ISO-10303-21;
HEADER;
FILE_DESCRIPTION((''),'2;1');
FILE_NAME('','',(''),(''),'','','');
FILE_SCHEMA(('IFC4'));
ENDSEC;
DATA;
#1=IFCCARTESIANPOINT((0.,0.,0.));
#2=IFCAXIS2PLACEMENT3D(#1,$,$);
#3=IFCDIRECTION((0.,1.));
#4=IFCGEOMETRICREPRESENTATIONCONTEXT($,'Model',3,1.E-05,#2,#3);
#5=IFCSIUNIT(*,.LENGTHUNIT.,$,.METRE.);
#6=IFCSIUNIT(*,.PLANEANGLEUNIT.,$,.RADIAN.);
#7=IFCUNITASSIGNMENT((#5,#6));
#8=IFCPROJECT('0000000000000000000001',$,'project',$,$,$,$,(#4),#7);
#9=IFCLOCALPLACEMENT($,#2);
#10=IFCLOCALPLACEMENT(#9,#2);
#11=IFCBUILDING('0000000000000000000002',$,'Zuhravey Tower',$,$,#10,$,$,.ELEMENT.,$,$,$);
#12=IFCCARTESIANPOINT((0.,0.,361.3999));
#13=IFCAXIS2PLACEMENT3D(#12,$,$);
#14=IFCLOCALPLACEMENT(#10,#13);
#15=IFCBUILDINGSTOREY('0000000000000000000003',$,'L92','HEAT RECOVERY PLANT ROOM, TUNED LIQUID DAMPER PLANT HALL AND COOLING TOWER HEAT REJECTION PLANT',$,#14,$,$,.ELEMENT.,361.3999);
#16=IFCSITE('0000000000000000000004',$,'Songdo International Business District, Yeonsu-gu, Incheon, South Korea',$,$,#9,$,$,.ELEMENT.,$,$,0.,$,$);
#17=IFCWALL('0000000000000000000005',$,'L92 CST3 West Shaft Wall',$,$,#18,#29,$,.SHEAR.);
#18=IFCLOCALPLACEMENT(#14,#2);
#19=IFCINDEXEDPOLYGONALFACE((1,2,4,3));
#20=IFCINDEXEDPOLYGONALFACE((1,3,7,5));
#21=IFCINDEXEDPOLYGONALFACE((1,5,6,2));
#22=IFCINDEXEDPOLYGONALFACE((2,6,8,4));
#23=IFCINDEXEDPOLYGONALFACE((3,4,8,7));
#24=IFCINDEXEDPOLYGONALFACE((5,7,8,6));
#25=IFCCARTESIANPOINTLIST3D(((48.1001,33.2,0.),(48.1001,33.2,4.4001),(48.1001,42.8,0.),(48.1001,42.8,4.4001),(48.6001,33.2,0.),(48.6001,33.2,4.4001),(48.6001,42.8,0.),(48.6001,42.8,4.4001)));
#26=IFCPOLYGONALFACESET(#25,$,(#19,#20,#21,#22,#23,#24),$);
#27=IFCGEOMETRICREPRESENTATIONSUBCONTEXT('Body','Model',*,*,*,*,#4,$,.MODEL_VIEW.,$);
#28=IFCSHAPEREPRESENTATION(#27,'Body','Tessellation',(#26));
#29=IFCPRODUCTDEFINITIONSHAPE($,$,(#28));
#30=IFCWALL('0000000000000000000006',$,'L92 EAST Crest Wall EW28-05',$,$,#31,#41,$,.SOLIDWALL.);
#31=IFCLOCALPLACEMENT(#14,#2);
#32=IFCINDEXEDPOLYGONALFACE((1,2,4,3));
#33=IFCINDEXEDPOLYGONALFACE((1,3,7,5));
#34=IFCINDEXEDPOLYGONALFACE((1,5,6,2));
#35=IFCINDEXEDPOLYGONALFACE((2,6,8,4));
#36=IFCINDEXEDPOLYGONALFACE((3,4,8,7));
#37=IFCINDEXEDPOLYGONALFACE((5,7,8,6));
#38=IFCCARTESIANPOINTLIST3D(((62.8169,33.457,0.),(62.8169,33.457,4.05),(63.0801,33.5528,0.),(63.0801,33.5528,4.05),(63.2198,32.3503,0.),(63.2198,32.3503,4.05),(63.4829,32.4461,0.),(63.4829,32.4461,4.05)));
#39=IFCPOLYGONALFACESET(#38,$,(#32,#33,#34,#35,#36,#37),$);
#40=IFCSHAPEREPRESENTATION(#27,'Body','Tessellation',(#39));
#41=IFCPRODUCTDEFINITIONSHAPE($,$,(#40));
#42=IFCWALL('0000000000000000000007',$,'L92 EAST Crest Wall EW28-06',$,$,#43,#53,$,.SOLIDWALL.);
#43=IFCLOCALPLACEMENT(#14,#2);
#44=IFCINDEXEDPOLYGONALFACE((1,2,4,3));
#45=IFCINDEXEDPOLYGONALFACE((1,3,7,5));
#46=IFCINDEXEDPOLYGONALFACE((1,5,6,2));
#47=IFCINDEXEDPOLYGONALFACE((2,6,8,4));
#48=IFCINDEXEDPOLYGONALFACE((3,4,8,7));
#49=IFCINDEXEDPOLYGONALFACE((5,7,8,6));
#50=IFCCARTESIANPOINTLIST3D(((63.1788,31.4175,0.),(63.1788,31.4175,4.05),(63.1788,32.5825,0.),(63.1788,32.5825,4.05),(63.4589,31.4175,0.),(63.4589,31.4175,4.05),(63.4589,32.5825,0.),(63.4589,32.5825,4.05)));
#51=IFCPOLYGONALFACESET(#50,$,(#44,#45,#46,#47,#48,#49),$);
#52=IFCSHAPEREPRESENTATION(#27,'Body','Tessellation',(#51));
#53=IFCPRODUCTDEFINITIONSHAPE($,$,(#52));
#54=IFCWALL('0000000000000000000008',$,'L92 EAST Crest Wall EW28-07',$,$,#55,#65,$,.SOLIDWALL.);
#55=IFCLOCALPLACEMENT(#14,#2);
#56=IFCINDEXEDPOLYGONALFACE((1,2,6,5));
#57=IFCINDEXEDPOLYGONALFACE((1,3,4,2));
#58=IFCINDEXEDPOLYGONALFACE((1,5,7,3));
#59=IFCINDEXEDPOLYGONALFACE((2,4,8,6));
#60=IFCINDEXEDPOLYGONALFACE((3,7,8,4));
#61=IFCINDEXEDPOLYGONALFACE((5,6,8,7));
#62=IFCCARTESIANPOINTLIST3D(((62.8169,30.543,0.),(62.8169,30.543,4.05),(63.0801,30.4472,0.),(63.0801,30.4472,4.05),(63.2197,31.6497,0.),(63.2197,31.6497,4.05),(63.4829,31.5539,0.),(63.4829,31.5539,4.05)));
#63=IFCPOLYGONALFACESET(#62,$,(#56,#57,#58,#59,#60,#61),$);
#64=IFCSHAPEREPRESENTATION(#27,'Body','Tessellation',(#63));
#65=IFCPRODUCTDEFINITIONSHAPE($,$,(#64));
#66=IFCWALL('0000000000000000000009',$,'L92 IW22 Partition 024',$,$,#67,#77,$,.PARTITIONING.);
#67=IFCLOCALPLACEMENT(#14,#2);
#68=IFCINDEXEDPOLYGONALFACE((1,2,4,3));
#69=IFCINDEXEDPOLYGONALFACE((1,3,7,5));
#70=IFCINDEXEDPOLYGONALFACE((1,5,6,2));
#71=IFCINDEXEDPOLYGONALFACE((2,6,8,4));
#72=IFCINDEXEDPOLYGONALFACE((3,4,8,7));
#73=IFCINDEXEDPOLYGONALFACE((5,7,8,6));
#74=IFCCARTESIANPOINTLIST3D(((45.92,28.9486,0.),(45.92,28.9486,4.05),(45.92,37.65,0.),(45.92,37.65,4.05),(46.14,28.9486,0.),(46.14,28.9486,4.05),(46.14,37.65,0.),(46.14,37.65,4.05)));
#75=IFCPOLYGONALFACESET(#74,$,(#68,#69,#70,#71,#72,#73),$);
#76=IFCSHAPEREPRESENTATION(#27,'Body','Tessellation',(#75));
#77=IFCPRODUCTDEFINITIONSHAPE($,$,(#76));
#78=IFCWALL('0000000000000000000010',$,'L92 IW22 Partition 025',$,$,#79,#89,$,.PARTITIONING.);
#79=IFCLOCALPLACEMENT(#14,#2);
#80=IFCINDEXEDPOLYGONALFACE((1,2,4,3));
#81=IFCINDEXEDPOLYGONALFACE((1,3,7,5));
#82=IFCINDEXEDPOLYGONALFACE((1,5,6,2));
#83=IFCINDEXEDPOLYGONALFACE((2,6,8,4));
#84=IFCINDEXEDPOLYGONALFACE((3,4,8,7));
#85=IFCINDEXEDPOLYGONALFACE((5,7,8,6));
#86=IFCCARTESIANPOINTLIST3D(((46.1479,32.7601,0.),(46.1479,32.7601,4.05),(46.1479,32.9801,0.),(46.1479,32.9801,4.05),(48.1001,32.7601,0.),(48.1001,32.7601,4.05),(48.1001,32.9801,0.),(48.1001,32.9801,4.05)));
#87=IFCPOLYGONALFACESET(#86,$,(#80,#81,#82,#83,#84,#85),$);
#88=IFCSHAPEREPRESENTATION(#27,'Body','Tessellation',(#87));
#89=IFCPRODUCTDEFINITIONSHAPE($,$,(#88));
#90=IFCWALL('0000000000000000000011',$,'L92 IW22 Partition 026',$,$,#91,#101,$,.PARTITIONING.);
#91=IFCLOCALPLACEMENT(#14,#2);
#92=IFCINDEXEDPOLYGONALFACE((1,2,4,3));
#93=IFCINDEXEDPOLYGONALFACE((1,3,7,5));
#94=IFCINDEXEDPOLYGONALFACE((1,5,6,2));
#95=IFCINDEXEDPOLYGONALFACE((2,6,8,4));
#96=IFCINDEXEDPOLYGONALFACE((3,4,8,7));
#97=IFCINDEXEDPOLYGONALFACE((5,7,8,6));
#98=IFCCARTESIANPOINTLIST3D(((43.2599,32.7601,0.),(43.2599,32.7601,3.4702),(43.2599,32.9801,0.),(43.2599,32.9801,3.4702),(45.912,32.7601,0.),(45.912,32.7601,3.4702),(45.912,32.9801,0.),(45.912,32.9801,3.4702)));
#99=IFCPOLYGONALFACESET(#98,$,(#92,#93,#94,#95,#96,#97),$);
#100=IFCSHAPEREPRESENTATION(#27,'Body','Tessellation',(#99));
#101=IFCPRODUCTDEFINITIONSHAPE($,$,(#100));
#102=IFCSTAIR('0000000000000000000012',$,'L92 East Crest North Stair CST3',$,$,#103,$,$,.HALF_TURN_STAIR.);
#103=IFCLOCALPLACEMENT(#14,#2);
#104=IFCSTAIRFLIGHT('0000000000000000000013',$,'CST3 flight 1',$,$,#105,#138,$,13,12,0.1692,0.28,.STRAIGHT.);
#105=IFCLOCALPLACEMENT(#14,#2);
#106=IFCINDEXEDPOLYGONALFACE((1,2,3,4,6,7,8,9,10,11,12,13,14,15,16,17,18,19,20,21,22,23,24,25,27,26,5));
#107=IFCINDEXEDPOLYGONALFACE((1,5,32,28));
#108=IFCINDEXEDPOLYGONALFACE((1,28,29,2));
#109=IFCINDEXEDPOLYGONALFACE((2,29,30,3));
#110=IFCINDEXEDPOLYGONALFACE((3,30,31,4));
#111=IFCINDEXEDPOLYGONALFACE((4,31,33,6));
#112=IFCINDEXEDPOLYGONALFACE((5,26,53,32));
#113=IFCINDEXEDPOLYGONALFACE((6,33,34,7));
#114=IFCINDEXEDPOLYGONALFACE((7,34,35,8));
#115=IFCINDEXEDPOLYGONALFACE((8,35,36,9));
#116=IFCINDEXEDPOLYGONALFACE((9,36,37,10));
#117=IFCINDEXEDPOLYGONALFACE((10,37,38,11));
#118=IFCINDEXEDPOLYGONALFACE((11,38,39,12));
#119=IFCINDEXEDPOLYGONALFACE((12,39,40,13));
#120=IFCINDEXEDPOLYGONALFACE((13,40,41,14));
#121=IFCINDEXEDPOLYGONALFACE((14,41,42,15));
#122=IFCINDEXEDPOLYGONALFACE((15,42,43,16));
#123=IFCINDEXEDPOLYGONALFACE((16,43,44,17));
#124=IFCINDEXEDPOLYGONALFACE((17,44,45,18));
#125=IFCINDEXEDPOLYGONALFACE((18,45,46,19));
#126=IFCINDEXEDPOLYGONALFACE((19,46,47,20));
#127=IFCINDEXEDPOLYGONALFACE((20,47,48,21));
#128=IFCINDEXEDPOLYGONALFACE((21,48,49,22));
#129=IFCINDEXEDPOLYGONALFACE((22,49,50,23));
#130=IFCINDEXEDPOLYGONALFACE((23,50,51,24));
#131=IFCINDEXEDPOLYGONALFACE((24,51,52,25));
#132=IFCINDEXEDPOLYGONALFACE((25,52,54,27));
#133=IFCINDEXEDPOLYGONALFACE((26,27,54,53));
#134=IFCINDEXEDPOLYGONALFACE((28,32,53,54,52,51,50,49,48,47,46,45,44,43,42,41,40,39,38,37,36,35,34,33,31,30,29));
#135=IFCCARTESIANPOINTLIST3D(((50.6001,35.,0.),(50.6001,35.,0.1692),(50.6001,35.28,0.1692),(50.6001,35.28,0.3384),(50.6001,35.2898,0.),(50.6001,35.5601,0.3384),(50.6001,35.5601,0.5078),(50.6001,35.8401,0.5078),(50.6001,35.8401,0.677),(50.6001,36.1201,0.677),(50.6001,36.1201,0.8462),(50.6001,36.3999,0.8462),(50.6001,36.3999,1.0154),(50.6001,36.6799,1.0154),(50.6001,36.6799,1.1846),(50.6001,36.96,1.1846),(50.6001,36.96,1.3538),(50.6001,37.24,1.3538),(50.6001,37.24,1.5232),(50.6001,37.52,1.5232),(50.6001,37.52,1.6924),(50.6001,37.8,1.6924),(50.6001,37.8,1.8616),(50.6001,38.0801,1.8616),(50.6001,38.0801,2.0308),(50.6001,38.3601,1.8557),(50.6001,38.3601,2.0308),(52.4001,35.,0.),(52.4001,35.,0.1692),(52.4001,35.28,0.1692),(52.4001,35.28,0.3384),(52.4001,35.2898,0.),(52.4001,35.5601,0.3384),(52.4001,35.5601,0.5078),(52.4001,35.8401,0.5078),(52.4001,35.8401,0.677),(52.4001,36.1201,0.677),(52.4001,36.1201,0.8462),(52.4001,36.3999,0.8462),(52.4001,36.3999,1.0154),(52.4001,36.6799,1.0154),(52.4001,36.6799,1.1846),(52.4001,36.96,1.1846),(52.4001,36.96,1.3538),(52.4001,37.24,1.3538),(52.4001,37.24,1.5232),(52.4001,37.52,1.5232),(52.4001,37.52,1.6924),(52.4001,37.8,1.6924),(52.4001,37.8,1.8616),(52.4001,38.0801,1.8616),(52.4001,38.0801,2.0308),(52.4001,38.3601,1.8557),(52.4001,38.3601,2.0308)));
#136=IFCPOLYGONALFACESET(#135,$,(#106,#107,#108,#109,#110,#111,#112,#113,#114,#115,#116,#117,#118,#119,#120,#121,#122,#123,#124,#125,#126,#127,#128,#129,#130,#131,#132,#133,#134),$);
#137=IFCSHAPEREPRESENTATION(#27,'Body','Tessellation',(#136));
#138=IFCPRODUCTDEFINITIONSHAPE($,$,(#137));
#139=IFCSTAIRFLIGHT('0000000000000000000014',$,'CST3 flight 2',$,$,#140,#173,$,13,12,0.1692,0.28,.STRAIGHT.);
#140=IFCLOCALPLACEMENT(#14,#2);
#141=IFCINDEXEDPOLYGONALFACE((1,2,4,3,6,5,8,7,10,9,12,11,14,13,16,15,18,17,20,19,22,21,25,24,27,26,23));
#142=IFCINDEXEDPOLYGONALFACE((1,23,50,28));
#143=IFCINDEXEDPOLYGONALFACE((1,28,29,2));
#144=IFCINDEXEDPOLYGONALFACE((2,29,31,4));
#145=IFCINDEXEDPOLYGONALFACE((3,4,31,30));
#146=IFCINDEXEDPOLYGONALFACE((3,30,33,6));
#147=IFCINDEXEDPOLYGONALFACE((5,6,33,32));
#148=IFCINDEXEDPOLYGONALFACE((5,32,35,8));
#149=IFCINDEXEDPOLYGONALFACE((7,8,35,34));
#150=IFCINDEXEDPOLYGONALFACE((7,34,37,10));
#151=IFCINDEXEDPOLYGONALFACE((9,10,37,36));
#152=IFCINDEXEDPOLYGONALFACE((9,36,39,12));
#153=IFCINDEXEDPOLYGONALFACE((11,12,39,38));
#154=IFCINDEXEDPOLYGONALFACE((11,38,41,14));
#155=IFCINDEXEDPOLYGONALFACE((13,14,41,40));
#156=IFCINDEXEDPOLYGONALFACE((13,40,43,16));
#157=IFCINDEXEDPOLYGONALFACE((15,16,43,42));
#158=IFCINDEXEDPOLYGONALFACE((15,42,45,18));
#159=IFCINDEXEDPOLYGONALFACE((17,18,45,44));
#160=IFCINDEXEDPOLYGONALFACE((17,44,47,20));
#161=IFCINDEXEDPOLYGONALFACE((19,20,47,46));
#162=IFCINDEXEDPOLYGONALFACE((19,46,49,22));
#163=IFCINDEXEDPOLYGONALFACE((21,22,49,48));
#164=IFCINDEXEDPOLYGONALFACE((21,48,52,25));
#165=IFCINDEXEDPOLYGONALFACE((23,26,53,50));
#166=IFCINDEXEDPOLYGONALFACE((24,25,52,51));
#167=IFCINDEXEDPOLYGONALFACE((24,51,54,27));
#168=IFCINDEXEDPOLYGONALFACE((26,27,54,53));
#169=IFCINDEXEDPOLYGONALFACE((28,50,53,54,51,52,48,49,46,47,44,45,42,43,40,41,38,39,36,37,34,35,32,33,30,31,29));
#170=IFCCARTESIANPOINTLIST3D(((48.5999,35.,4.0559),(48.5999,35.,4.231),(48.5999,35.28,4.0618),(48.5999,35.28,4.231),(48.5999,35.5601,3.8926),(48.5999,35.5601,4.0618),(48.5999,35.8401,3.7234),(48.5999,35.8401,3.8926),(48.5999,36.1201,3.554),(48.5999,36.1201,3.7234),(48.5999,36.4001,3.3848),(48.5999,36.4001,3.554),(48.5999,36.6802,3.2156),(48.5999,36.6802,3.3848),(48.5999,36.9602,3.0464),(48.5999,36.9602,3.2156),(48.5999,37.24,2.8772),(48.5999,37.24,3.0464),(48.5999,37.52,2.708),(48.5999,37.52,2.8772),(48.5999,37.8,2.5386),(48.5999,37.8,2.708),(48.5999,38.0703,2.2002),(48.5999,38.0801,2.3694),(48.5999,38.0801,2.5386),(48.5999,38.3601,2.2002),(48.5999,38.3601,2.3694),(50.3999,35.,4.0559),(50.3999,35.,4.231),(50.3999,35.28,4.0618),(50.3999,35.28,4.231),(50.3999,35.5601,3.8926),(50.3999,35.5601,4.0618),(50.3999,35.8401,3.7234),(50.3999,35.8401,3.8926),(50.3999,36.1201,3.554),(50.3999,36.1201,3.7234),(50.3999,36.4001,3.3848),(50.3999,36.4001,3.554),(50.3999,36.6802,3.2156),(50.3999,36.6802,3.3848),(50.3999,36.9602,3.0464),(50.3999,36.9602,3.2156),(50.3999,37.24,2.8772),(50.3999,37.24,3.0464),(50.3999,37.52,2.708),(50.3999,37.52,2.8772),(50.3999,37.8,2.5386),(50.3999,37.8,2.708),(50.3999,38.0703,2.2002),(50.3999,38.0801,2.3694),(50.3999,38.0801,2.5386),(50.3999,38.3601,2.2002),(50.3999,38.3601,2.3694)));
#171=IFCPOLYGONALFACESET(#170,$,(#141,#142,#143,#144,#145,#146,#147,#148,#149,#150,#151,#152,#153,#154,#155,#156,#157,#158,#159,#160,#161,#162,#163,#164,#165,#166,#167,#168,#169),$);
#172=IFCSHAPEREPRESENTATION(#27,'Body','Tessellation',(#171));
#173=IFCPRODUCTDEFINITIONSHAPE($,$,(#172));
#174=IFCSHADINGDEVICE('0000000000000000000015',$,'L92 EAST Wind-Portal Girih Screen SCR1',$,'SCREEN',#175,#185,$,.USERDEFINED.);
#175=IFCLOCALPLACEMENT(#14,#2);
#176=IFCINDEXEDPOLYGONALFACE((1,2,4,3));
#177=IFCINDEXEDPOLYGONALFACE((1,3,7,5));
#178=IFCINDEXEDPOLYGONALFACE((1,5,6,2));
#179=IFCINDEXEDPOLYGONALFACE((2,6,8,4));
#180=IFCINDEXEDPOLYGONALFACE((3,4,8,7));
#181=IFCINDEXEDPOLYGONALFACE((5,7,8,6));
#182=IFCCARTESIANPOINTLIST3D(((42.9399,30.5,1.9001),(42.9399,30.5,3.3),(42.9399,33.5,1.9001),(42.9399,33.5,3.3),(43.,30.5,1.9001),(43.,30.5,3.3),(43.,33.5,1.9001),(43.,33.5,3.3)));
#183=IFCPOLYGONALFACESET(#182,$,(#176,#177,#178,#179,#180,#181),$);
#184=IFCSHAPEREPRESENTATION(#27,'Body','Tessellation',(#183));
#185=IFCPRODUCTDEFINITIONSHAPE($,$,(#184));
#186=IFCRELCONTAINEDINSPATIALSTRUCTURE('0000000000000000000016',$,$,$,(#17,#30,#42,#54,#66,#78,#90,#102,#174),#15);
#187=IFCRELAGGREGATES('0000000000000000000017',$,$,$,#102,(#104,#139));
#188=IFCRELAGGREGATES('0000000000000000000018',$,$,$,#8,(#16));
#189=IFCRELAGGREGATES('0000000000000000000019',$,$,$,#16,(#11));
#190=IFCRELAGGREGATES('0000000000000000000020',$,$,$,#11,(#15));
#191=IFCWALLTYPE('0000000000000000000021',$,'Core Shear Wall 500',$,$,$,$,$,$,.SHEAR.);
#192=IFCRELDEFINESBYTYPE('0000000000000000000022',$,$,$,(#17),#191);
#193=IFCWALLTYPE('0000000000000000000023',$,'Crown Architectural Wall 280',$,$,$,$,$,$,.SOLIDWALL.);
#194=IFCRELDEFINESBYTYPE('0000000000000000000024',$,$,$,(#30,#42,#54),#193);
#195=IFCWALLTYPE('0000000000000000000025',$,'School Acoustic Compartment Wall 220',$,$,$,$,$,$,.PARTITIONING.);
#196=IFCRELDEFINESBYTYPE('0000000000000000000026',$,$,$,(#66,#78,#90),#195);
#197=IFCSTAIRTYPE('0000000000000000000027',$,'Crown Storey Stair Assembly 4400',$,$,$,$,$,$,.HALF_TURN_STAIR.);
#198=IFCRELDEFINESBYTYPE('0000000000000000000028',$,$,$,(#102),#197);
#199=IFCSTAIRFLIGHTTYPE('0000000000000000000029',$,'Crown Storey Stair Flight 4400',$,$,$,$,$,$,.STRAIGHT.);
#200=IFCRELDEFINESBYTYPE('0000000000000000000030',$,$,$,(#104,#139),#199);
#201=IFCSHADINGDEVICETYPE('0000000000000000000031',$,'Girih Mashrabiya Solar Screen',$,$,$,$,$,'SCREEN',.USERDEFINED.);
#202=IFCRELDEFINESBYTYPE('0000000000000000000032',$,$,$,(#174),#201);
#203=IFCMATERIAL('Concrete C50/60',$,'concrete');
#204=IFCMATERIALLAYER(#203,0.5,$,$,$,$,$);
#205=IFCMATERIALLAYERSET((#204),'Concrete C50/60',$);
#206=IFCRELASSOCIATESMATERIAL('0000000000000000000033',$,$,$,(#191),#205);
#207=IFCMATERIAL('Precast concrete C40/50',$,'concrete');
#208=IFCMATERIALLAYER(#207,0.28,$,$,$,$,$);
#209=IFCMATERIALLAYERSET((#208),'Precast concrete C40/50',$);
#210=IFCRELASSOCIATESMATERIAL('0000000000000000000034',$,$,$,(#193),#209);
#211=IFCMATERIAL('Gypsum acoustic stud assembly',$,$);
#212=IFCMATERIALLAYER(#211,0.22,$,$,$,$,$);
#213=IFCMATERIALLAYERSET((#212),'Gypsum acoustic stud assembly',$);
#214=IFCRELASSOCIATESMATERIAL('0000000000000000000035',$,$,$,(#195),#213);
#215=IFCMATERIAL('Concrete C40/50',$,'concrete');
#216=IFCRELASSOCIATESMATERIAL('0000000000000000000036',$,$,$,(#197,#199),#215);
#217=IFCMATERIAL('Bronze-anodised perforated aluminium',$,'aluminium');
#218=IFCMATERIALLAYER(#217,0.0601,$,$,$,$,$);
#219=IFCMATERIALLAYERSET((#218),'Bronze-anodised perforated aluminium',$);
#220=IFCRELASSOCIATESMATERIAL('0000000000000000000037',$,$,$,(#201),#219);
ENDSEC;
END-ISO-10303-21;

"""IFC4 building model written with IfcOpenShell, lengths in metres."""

from ifc_helpers import new_model, si_unit, direction, frame, frame_2d, origin, origin_2d, place, context, subcontext, project, spatial, polyline, rectangle, outline, extrude, material, layer, layer_set, type_object, element, aggregate, save


model = new_model("IFC4")

# Units and contexts
model_context = context("Model", 3, precision=1e-05, world=origin(), true_north=direction((0.0, 1.0)))
body_context = subcontext(model_context, "Body", "Model", "MODEL_VIEW")
ifc_project = project(units=[si_unit("LENGTHUNIT", "METRE"), si_unit("PLANEANGLEUNIT", "RADIAN")], contexts=[model_context])

# Site, building, storey
site_placement = place(None, origin())
site = spatial("IfcSite", under=ifc_project, at=site_placement, Name="Songdo International Business District, Yeonsu-gu, Incheon, South Korea", CompositionType="ELEMENT", RefElevation=0.0)
building_placement = place(site_placement, origin())
building = spatial("IfcBuilding", under=site, at=building_placement, Name="Zuhravey Tower", CompositionType="ELEMENT")
storey_placement = place(building_placement, frame((0.0, 0.0, 361.3999)))
storey = spatial("IfcBuildingStorey", under=building, at=storey_placement, Name="L92", Description="HEAT RECOVERY PLANT ROOM, TUNED LIQUID DAMPER PLANT HALL AND COOLING TOWER HEAT REJECTION PLANT", CompositionType="ELEMENT", Elevation=361.3999)

# Shared definitions
ifc_material_1 = material(Name="Concrete C50/60", Category="concrete")
ifc_layer_1 = layer(ifc_material_1, 0.5)
ifc_layer_set_1 = layer_set([ifc_layer_1], Name="Concrete C50/60")
wall_type_1 = type_object("IfcWallType", Name="Core Shear Wall 500", PredefinedType="SHEAR", material=ifc_layer_set_1)

# Walls
wall_1_placement = place(storey_placement, frame((48.3501, 33.2, 0.0), z_axis=(0.0, 0.0, 1.0), x_axis=(0.0, 1.0, 0.0)))
element("IfcWall", 1, at=wall_1_placement, inside=storey, type_object=wall_type_1, Name="L92 CST3 West Shaft Wall", PredefinedType="SHEAR", context=body_context, shape_type="SweptSolid", body=[
    extrude(rectangle(XDim=9.6001, YDim=0.5, at=frame_2d((4.8, 0.0))), origin(), (0.0, 0.0, 1.0), 4.4001),
])
ifc_material_2 = material(Name="Precast concrete C40/50", Category="concrete")
ifc_layer_2 = layer(ifc_material_2, 0.28)
ifc_layer_set_2 = layer_set([ifc_layer_2], Name="Precast concrete C40/50")
wall_type_2 = type_object("IfcWallType", Name="Crown Architectural Wall 280", PredefinedType="SOLIDWALL", material=ifc_layer_set_2)
wall_2_placement = place(storey_placement, frame((62.9485, 33.5049, 0.0), z_axis=(0.0, 0.0, 1.0), x_axis=(0.342043, -0.939684, 0.0)))
element("IfcWall", 2, at=wall_2_placement, inside=storey, type_object=wall_type_2, Name="L92 EAST Crest Wall EW28-05", PredefinedType="SOLIDWALL", context=body_context, shape_type="SweptSolid", body=[
    extrude(rectangle(XDim=1.1777, YDim=0.28, at=frame_2d((0.5889, 0.0))), origin(), (0.0, 0.0, 1.0), 4.05),
])
wall_3_placement = place(storey_placement, frame((63.3188, 32.5825, 0.0), z_axis=(0.0, 0.0, 1.0), x_axis=(0.0, -1.0, 0.0)))
element("IfcWall", 3, at=wall_3_placement, inside=storey, type_object=wall_type_2, Name="L92 EAST Crest Wall EW28-06", PredefinedType="SOLIDWALL", context=body_context, shape_type="SweptSolid", body=[
    extrude(rectangle(XDim=1.165, YDim=0.28, at=frame_2d((0.5825, 0.0))), origin(), (0.0, 0.0, 1.0), 4.05),
])
wall_4_placement = place(storey_placement, frame((63.3513, 31.6018, 0.0), z_axis=(0.0, 0.0, 1.0), x_axis=(-0.342043, -0.939684, 0.0)))
element("IfcWall", 4, at=wall_4_placement, inside=storey, type_object=wall_type_2, Name="L92 EAST Crest Wall EW28-07", PredefinedType="SOLIDWALL", context=body_context, shape_type="SweptSolid", body=[
    extrude(rectangle(XDim=1.1777, YDim=0.28, at=frame_2d((0.5889, 0.0))), origin(), (0.0, 0.0, 1.0), 4.05),
])
ifc_material_3 = material(Name="Gypsum acoustic stud assembly")
ifc_layer_3 = layer(ifc_material_3, 0.22)
ifc_layer_set_3 = layer_set([ifc_layer_3], Name="Gypsum acoustic stud assembly")
wall_type_3 = type_object("IfcWallType", Name="School Acoustic Compartment Wall 220", PredefinedType="PARTITIONING", material=ifc_layer_set_3)
wall_5_placement = place(storey_placement, frame((46.03, 37.6499, 0.0), z_axis=(0.0, 0.0, 1.0), x_axis=(0.0, -1.0, 0.0)))
element("IfcWall", 5, at=wall_5_placement, inside=storey, type_object=wall_type_3, Name="L92 IW22 Partition 024", PredefinedType="PARTITIONING", context=body_context, shape_type="SweptSolid", body=[
    extrude(rectangle(XDim=8.7014, YDim=0.22, at=frame_2d((4.3506, 0.0))), origin(), (0.0, 0.0, 1.0), 4.05),
])
wall_6_placement = place(storey_placement, frame((48.1001, 32.8701, 0.0), z_axis=(0.0, 0.0, 1.0), x_axis=(-1.0, 0.0, 0.0)))
element("IfcWall", 6, at=wall_6_placement, inside=storey, type_object=wall_type_3, Name="L92 IW22 Partition 025", PredefinedType="PARTITIONING", context=body_context, shape_type="SweptSolid", body=[
    extrude(rectangle(XDim=1.9521, YDim=0.22, at=frame_2d((0.9761, 0.0))), origin(), (0.0, 0.0, 1.0), 4.05),
])
wall_7_placement = place(storey_placement, frame((45.9121, 32.8701, 0.0), z_axis=(0.0, 0.0, 1.0), x_axis=(-1.0, 0.0, 0.0)))
element("IfcWall", 7, at=wall_7_placement, inside=storey, type_object=wall_type_3, Name="L92 IW22 Partition 026", PredefinedType="PARTITIONING", context=body_context, shape_type="SweptSolid", body=[
    extrude(rectangle(XDim=2.6521, YDim=0.22, at=frame_2d((1.3262, 0.0))), origin(), (0.0, 0.0, 1.0), 3.4702),
])

# Stair, stair flights
ifc_material_4 = material(Name="Concrete C40/50", Category="concrete")
stair_type = type_object("IfcStairType", Name="Crown Storey Stair Assembly 4400", PredefinedType="HALF_TURN_STAIR", material=ifc_material_4)
stair_placement = place(storey_placement, origin())
stair = element("IfcStair", 8, at=stair_placement, inside=storey, type_object=stair_type, Name="L92 East Crest North Stair CST3", PredefinedType="HALF_TURN_STAIR")
stair_flight_type = type_object("IfcStairFlightType", Name="Crown Storey Stair Flight 4400", PredefinedType="STRAIGHT", material=ifc_material_4)
stair_flight_1_placement = place(storey_placement, frame((51.5, 35.0, 0.0), z_axis=(0.0, 0.0, 1.0), x_axis=(0.0, 1.0, 0.0)))
stair_flight_1 = element("IfcStairFlight", 9, at=stair_flight_1_placement, type_object=stair_flight_type, Name="CST3 flight 1", NumberOfRisers=13, NumberOfTreads=12, PredefinedType="STRAIGHT", RiserHeight=0.1692, TreadLength=0.28, context=body_context, shape_type="SweptSolid", body=[
    extrude(outline(polyline([(0.0, 0.0), (0.0, 0.1692), (0.28, 0.1692), (0.28, 0.3384), (0.5601, 0.3384), (0.5601, 0.5078), (0.8401, 0.5078), (0.8401, 0.677), (1.1201, 0.677), (1.1201, 0.8462), (1.3999, 0.8462), (1.3999, 1.0154), (1.6799, 1.0154), (1.6799, 1.1846), (1.96, 1.1846), (1.96, 1.3538), (2.24, 1.3538), (2.24, 1.5232), (2.52, 1.5232), (2.52, 1.6924), (2.8, 1.6924), (2.8, 1.8616), (3.0801, 1.8616), (3.0801, 2.0308), (3.3601, 2.0308), (3.3601, 2.2), (3.3601, 1.8557), (0.2898, 0.0), (0.0, 0.0)])), frame((0.0, 0.8999, 0.0), z_axis=(0.0, -1.0, 0.0), x_axis=(1.0, 0.0, 0.0)), (0.0, 0.0, 1.0), 1.8),
])
stair_flight_2_placement = place(storey_placement, frame((49.5, 38.3601, 2.2002), z_axis=(0.0, 0.0, 1.0), x_axis=(0.0, -1.0, 0.0)))
stair_flight_2 = element("IfcStairFlight", 10, at=stair_flight_2_placement, type_object=stair_flight_type, Name="CST3 flight 2", NumberOfRisers=13, NumberOfTreads=12, PredefinedType="STRAIGHT", RiserHeight=0.1692, TreadLength=0.28, context=body_context, shape_type="SweptSolid", body=[
    extrude(outline(polyline([(0.0, 0.0), (0.0, 0.1692), (0.28, 0.1692), (0.28, 0.3384), (0.5601, 0.3384), (0.5601, 0.5078), (0.8401, 0.5078), (0.8401, 0.677), (1.1201, 0.677), (1.1201, 0.8462), (1.3999, 0.8462), (1.3999, 1.0154), (1.6799, 1.0154), (1.6799, 1.1846), (1.96, 1.1846), (1.96, 1.3538), (2.24, 1.3538), (2.24, 1.5232), (2.52, 1.5232), (2.52, 1.6924), (2.8, 1.6924), (2.8, 1.8616), (3.0801, 1.8616), (3.0801, 2.0308), (3.3601, 2.0308), (3.3601, 2.2), (3.3601, 1.8557), (0.2898, 0.0), (0.0, 0.0)])), frame((0.0, 0.8999, 0.0), z_axis=(0.0, -1.0, 0.0), x_axis=(1.0, 0.0, 0.0)), (0.0, 0.0, 1.0), 1.8),
])
aggregate(stair, [stair_flight_1, stair_flight_2])

# Shading device
ifc_material_5 = material(Name="Bronze-anodised perforated aluminium", Category="aluminium")
ifc_layer_4 = layer(ifc_material_5, 0.0601)
ifc_layer_set_4 = layer_set([ifc_layer_4], Name="Bronze-anodised perforated aluminium")
shading_device_type = type_object("IfcShadingDeviceType", Name="Girih Mashrabiya Solar Screen", ElementType="SCREEN", PredefinedType="USERDEFINED", material=ifc_layer_set_4)
shading_device_placement = place(storey_placement, frame((42.97, 32.0, 1.9001), z_axis=(0.0, 0.0, 1.0), x_axis=(0.0, 1.0, 0.0)))
element("IfcShadingDevice", 11, at=shading_device_placement, inside=storey, type_object=shading_device_type, Name="L92 EAST Wind-Portal Girih Screen SCR1", ObjectType="SCREEN", PredefinedType="USERDEFINED", context=body_context, shape_type="SweptSolid", body=[
    extrude(rectangle(XDim=3.0, YDim=0.0601, at=origin_2d()), origin(), (0.0, 0.0, 1.0), 1.3999),
])

save(model, "model.ifc")
